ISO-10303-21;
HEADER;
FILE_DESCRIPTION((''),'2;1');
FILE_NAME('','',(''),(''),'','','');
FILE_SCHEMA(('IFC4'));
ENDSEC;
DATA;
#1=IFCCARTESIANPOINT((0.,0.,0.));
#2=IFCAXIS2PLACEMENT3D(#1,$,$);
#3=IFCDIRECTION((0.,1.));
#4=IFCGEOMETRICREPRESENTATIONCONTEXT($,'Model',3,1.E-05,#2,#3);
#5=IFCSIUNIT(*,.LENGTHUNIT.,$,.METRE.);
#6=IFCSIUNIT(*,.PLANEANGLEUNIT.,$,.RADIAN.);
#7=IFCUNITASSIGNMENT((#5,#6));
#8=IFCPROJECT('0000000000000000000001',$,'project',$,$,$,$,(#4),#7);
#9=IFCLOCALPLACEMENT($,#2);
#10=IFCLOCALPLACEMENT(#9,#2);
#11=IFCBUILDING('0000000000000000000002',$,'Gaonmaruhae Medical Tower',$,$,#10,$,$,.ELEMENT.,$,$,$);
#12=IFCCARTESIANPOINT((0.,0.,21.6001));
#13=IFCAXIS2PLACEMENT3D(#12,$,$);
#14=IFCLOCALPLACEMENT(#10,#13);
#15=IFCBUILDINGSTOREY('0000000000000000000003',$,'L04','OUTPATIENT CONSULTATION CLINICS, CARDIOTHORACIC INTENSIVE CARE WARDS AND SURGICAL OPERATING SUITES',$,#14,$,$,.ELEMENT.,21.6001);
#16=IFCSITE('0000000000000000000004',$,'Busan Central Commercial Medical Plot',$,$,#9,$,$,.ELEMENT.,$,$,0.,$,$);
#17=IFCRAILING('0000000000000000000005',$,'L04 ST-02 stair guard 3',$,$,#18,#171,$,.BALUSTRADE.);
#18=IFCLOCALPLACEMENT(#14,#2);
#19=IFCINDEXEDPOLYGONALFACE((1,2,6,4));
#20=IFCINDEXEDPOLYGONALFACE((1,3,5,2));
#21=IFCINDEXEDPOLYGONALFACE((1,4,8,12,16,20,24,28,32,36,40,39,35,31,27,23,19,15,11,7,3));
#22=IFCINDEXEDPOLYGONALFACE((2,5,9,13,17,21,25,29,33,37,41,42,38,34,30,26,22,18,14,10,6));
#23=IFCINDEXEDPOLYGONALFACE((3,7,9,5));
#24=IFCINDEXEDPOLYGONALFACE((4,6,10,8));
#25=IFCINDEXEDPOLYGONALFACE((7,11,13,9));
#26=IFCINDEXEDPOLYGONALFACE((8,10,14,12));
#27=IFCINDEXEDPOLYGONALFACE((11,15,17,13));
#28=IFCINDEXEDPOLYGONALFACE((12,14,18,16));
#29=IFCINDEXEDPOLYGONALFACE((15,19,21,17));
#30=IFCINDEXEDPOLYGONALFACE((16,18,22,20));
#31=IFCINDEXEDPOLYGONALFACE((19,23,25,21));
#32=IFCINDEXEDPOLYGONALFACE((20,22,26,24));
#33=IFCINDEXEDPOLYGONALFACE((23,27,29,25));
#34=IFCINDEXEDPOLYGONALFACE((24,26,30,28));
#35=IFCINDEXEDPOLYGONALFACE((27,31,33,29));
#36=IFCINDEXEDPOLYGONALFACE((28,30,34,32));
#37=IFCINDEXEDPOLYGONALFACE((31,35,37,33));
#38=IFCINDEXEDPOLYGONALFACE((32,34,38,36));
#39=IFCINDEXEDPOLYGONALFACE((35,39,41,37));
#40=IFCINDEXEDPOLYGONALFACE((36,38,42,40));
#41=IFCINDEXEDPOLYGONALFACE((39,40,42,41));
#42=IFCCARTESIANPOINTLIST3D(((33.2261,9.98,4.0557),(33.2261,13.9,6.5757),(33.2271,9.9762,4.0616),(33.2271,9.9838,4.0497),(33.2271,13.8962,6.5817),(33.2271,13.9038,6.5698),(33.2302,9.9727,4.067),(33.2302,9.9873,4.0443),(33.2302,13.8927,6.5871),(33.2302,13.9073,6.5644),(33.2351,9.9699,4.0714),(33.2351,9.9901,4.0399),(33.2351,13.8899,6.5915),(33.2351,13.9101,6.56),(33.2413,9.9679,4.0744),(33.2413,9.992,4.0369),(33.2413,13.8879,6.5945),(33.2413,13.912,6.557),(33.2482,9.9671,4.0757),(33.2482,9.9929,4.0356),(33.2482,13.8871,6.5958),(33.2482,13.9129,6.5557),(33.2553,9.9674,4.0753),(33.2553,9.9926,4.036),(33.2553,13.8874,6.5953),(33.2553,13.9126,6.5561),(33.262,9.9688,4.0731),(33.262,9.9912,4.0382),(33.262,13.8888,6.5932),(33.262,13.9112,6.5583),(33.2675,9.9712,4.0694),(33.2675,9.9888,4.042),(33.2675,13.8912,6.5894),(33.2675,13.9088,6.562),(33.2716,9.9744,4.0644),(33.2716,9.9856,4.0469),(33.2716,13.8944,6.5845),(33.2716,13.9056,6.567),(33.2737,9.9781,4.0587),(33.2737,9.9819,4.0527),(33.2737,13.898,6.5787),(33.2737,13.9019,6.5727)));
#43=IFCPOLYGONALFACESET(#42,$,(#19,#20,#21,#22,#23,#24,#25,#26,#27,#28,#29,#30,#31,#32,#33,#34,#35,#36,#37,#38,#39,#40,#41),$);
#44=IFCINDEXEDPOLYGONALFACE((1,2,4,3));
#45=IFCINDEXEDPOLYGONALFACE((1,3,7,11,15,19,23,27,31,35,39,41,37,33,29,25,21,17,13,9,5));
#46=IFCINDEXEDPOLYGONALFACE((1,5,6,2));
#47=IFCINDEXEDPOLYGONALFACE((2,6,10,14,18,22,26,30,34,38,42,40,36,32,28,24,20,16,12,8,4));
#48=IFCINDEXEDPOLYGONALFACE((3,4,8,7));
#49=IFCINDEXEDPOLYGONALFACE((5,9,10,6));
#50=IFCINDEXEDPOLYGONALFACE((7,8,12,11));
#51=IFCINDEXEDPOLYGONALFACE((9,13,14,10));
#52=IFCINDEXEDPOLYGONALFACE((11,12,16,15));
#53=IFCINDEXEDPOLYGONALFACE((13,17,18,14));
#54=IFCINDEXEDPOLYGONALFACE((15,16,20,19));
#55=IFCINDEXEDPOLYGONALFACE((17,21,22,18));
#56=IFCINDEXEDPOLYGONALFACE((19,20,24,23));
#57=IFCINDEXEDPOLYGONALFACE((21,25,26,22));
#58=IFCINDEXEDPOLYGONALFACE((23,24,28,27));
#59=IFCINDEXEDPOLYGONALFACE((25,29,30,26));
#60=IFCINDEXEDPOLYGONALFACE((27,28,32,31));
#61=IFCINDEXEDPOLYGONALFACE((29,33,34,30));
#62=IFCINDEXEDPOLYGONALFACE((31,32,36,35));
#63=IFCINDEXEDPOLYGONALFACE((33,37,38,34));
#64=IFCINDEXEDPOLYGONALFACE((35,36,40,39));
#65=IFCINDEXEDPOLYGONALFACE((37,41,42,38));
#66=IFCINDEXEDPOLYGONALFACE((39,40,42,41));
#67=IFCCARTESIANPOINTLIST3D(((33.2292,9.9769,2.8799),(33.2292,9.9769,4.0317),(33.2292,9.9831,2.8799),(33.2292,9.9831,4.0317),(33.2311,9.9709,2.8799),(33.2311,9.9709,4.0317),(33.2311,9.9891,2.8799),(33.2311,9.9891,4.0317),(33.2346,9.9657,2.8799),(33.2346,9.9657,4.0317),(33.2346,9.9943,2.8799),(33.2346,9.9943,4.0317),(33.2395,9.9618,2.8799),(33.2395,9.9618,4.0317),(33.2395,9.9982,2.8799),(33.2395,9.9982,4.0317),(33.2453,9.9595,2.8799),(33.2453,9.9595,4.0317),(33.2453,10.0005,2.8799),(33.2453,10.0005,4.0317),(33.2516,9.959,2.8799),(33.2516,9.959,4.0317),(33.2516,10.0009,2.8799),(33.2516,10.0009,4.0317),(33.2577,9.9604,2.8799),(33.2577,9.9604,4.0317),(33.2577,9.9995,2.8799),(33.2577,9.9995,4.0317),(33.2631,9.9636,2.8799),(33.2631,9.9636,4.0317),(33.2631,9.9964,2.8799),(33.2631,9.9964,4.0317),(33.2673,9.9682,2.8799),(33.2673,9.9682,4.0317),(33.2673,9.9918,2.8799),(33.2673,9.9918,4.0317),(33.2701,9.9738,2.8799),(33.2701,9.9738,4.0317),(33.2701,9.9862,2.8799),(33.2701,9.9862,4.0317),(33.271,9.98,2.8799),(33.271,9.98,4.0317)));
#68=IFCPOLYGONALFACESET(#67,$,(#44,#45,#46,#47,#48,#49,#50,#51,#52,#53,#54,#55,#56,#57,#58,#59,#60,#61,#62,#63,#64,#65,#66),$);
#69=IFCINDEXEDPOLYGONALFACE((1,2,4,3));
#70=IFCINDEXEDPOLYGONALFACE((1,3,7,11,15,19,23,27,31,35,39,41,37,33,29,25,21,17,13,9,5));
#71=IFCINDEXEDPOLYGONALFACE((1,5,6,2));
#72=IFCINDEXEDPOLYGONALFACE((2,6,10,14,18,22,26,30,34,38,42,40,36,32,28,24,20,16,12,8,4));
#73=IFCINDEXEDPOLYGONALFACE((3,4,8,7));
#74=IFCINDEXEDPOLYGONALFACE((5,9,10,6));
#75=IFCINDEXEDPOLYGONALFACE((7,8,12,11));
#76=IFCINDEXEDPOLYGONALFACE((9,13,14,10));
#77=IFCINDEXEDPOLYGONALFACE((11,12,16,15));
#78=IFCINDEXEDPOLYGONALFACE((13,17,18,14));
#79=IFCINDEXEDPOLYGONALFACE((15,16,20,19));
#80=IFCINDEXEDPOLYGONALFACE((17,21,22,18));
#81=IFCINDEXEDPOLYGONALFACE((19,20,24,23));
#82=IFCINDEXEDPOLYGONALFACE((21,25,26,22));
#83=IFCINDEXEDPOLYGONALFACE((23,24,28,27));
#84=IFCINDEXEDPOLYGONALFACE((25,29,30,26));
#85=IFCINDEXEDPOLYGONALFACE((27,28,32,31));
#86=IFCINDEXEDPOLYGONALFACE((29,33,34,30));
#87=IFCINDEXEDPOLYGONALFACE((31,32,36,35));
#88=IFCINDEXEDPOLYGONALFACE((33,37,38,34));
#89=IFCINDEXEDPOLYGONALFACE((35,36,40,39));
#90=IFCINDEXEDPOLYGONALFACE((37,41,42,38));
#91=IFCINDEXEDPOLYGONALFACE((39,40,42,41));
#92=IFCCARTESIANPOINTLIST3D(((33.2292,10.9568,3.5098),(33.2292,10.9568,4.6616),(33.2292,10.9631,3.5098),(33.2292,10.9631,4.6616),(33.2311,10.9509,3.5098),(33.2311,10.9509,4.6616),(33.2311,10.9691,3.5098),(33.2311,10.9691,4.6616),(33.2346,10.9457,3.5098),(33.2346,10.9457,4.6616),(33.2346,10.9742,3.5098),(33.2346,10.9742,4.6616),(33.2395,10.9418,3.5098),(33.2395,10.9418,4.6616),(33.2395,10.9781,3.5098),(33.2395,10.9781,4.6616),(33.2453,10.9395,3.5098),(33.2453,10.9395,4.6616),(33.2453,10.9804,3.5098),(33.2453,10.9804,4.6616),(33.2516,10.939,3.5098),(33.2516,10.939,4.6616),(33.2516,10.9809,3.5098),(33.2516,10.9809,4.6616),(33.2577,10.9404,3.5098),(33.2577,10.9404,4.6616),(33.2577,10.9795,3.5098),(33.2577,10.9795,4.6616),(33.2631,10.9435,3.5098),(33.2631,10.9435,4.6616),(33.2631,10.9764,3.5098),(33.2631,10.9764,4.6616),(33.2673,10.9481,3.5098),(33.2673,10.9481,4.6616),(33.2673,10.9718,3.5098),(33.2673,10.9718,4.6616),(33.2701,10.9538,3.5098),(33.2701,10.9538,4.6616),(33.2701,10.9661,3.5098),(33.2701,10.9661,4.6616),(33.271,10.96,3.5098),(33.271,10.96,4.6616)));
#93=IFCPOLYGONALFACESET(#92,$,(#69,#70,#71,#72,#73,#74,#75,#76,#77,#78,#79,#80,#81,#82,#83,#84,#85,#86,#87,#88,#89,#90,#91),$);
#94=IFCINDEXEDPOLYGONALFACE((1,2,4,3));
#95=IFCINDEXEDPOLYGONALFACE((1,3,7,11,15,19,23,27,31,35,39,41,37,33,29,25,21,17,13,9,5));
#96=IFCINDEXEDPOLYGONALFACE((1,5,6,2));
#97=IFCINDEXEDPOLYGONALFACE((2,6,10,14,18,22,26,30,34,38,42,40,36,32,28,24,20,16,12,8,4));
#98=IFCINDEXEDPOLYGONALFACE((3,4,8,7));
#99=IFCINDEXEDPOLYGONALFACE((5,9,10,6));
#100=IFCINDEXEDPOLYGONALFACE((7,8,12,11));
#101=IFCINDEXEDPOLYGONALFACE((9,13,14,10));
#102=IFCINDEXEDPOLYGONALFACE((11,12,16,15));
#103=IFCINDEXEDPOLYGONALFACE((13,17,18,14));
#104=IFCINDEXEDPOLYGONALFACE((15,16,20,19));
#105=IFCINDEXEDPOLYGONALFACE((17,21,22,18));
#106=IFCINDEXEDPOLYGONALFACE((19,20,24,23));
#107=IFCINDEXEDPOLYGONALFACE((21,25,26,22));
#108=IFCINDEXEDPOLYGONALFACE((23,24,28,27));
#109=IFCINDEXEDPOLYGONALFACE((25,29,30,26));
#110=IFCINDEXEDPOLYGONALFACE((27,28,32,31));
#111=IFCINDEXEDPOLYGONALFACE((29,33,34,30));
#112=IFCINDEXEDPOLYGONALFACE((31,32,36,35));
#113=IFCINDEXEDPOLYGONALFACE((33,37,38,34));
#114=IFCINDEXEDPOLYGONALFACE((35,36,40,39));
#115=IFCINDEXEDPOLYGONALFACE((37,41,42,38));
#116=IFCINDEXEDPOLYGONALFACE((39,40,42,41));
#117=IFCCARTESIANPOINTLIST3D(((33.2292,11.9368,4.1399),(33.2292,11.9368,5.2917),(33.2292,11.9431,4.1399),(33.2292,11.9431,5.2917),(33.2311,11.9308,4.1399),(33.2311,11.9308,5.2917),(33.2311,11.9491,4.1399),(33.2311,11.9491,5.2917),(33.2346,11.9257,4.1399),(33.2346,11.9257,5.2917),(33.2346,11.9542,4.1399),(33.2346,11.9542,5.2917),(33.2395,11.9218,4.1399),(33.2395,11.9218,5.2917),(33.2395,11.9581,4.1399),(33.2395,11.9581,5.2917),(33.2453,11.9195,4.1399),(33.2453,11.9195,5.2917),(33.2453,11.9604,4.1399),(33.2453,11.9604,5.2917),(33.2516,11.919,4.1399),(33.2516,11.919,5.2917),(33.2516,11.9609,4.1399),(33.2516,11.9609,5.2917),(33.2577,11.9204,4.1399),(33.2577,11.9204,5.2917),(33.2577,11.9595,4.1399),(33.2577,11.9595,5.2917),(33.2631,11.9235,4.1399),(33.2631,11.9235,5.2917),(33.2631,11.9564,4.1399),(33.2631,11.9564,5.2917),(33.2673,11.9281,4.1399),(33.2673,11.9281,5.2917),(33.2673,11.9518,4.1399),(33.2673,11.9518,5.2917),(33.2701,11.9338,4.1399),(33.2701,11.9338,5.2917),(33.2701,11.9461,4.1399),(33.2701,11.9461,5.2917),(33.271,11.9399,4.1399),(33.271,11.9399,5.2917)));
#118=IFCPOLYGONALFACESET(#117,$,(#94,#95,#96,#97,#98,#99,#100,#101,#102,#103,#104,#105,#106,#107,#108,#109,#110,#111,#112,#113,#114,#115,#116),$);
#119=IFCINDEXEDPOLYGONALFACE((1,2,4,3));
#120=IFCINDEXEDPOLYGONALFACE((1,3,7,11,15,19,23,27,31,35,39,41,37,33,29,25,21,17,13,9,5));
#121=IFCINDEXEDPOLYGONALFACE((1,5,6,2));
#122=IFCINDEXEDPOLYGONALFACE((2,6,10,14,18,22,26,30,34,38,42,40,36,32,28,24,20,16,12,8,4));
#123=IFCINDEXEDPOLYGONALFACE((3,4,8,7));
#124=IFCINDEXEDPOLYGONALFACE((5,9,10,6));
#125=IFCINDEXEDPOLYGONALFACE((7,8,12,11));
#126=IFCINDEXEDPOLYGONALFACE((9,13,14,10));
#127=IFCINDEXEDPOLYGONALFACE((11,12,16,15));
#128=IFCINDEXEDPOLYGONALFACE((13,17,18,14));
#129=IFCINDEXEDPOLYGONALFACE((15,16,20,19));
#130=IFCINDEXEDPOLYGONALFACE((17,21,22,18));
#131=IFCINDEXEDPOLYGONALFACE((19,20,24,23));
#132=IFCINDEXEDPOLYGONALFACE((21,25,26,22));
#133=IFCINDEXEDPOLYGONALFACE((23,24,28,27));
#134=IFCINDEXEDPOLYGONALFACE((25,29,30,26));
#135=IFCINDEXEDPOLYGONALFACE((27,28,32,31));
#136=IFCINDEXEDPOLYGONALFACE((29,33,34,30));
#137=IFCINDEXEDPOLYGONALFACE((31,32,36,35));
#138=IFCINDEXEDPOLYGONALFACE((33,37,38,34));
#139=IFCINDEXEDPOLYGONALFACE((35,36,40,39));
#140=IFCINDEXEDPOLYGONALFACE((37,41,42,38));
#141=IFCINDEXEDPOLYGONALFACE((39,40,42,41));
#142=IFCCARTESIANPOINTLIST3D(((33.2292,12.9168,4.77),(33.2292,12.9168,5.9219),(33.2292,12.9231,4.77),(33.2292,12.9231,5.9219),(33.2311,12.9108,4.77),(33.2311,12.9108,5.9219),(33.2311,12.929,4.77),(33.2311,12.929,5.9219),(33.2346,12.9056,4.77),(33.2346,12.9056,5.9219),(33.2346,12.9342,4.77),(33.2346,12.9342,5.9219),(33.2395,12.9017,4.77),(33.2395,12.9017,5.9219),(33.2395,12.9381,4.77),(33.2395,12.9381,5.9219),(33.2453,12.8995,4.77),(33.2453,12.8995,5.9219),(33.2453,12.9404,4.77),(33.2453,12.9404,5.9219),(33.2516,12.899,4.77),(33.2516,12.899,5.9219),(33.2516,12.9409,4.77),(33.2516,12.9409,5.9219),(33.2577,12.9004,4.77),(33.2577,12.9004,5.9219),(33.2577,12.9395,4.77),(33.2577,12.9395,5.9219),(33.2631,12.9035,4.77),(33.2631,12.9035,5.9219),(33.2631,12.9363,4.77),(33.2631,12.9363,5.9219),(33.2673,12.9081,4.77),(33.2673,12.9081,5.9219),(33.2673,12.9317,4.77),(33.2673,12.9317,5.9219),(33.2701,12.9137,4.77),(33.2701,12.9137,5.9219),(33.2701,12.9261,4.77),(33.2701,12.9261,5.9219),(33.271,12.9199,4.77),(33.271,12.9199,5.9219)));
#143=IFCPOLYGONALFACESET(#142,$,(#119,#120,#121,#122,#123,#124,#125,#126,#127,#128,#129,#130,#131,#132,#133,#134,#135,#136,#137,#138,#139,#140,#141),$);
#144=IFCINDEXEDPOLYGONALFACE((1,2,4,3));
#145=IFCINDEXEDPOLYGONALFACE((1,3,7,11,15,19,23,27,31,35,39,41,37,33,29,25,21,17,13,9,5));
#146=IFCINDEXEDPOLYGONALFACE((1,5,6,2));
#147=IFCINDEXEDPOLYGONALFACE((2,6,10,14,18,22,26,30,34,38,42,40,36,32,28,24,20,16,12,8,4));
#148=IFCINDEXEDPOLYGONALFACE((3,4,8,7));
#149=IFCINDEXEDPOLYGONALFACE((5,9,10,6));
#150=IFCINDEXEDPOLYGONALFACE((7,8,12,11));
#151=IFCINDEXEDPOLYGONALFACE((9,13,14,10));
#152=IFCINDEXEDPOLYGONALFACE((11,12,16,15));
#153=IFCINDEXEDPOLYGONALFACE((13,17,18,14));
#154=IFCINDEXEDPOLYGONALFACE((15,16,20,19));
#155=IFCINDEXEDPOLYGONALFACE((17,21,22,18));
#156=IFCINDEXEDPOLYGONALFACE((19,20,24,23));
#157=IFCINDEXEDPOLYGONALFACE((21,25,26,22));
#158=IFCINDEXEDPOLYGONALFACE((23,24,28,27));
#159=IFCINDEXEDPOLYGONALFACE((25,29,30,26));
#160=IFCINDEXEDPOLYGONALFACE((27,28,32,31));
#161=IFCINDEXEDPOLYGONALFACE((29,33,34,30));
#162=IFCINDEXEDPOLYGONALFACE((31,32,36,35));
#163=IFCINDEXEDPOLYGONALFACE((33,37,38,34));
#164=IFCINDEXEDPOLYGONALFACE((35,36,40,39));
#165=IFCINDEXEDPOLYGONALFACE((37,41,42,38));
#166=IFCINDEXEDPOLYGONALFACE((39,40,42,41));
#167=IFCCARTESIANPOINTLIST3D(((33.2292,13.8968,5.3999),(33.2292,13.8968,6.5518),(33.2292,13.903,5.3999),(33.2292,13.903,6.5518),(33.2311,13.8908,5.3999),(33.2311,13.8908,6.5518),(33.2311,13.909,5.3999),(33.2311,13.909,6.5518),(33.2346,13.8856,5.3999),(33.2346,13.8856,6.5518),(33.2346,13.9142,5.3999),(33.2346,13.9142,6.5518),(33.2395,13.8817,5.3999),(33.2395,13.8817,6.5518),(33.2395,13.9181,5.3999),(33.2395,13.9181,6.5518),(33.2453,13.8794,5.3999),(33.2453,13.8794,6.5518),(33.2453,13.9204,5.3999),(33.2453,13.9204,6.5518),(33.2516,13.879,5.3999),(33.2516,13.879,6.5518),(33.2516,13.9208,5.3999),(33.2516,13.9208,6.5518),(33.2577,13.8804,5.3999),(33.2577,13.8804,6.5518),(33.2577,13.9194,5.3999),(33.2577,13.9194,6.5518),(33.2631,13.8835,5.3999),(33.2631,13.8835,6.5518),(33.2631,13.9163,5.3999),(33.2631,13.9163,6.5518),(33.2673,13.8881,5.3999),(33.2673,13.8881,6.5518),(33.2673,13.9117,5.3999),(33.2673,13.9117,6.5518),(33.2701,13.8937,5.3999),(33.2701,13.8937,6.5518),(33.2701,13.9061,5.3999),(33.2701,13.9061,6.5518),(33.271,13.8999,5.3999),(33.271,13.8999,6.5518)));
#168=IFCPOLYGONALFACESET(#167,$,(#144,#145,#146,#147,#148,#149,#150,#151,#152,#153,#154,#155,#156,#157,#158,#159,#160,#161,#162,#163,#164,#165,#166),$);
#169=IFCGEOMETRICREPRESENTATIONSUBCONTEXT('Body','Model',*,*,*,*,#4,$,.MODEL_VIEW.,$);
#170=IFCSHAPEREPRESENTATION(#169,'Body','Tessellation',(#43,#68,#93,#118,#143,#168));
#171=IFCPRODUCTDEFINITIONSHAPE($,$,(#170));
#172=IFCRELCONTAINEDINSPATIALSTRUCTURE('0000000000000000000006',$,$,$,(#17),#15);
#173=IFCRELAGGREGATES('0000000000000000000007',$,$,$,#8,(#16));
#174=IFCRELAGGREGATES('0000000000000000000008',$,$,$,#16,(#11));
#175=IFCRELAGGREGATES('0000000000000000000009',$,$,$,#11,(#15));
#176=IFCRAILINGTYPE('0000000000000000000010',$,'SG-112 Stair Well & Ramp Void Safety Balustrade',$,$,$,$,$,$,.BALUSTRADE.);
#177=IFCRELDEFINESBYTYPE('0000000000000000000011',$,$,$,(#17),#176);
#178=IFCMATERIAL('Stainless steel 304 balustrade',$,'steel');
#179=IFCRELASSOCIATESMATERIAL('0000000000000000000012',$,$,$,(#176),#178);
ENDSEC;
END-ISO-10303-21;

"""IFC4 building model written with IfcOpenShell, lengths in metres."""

from ifc_helpers import new_model, si_unit, direction, frame, origin, origin_2d, place, context, subcontext, project, spatial, circle, extrude, material, type_object, element, save


model = new_model("IFC4")

# Units and contexts
model_context = context("Model", 3, precision=1e-05, world=origin(), true_north=direction((0.0, 1.0)))
body_context = subcontext(model_context, "Body", "Model", "MODEL_VIEW")
ifc_project = project(units=[si_unit("LENGTHUNIT", "METRE"), si_unit("PLANEANGLEUNIT", "RADIAN")], contexts=[model_context])

# Site, building, storey
site_placement = place(None, origin())
site = spatial("IfcSite", under=ifc_project, at=site_placement, Name="Busan Central Commercial Medical Plot", CompositionType="ELEMENT", RefElevation=0.0)
building_placement = place(site_placement, origin())
building = spatial("IfcBuilding", under=site, at=building_placement, Name="Gaonmaruhae Medical Tower", CompositionType="ELEMENT")
storey_placement = place(building_placement, frame((0.0, 0.0, 21.6001)))
storey = spatial("IfcBuildingStorey", under=building, at=storey_placement, Name="L04", Description="OUTPATIENT CONSULTATION CLINICS, CARDIOTHORACIC INTENSIVE CARE WARDS AND SURGICAL OPERATING SUITES", CompositionType="ELEMENT", Elevation=21.6001)

# Railing
ifc_material_1 = material(Name="Stainless steel 304 balustrade", Category="steel")
railing_type_1 = type_object("IfcRailingType", Name="SG-112 Stair Well & Ramp Void Safety Balustrade", PredefinedType="BALUSTRADE", material=ifc_material_1)
railing_1_placement = place(storey_placement, frame((33.25, 9.98, 2.8799)))
element("IfcRailing", 1, at=railing_1_placement, inside=storey, type_object=railing_type_1, Name="L04 ST-02 stair guard 3", PredefinedType="BALUSTRADE", context=body_context, shape_type="SweptSolid", body=[
    extrude(circle(Radius=0.0239, at=origin_2d()), frame((0.0, 0.0, 1.1758), z_axis=(0.0, 0.841172, 0.540768), x_axis=(-1.0, 0.0, 0.0)), (0.0, 0.0, 1.0), 4.6602),
    extrude(circle(Radius=0.021, at=origin_2d()), origin(), (0.0, 0.0, 1.0), 1.1519),
    extrude(circle(Radius=0.021, at=origin_2d()), frame((0.0, 0.98, 0.6299)), (0.0, 0.0, 1.0), 1.1519),
    extrude(circle(Radius=0.021, at=origin_2d()), frame((0.0, 1.96, 1.26)), (0.0, 0.0, 1.0), 1.1519),
    extrude(circle(Radius=0.021, at=origin_2d()), frame((0.0, 2.9399, 1.8901)), (0.0, 0.0, 1.0), 1.1519),
    extrude(circle(Radius=0.021, at=origin_2d()), frame((0.0, 3.9199, 2.52)), (0.0, 0.0, 1.0), 1.1519),
])

save(model, "model.ifc")
